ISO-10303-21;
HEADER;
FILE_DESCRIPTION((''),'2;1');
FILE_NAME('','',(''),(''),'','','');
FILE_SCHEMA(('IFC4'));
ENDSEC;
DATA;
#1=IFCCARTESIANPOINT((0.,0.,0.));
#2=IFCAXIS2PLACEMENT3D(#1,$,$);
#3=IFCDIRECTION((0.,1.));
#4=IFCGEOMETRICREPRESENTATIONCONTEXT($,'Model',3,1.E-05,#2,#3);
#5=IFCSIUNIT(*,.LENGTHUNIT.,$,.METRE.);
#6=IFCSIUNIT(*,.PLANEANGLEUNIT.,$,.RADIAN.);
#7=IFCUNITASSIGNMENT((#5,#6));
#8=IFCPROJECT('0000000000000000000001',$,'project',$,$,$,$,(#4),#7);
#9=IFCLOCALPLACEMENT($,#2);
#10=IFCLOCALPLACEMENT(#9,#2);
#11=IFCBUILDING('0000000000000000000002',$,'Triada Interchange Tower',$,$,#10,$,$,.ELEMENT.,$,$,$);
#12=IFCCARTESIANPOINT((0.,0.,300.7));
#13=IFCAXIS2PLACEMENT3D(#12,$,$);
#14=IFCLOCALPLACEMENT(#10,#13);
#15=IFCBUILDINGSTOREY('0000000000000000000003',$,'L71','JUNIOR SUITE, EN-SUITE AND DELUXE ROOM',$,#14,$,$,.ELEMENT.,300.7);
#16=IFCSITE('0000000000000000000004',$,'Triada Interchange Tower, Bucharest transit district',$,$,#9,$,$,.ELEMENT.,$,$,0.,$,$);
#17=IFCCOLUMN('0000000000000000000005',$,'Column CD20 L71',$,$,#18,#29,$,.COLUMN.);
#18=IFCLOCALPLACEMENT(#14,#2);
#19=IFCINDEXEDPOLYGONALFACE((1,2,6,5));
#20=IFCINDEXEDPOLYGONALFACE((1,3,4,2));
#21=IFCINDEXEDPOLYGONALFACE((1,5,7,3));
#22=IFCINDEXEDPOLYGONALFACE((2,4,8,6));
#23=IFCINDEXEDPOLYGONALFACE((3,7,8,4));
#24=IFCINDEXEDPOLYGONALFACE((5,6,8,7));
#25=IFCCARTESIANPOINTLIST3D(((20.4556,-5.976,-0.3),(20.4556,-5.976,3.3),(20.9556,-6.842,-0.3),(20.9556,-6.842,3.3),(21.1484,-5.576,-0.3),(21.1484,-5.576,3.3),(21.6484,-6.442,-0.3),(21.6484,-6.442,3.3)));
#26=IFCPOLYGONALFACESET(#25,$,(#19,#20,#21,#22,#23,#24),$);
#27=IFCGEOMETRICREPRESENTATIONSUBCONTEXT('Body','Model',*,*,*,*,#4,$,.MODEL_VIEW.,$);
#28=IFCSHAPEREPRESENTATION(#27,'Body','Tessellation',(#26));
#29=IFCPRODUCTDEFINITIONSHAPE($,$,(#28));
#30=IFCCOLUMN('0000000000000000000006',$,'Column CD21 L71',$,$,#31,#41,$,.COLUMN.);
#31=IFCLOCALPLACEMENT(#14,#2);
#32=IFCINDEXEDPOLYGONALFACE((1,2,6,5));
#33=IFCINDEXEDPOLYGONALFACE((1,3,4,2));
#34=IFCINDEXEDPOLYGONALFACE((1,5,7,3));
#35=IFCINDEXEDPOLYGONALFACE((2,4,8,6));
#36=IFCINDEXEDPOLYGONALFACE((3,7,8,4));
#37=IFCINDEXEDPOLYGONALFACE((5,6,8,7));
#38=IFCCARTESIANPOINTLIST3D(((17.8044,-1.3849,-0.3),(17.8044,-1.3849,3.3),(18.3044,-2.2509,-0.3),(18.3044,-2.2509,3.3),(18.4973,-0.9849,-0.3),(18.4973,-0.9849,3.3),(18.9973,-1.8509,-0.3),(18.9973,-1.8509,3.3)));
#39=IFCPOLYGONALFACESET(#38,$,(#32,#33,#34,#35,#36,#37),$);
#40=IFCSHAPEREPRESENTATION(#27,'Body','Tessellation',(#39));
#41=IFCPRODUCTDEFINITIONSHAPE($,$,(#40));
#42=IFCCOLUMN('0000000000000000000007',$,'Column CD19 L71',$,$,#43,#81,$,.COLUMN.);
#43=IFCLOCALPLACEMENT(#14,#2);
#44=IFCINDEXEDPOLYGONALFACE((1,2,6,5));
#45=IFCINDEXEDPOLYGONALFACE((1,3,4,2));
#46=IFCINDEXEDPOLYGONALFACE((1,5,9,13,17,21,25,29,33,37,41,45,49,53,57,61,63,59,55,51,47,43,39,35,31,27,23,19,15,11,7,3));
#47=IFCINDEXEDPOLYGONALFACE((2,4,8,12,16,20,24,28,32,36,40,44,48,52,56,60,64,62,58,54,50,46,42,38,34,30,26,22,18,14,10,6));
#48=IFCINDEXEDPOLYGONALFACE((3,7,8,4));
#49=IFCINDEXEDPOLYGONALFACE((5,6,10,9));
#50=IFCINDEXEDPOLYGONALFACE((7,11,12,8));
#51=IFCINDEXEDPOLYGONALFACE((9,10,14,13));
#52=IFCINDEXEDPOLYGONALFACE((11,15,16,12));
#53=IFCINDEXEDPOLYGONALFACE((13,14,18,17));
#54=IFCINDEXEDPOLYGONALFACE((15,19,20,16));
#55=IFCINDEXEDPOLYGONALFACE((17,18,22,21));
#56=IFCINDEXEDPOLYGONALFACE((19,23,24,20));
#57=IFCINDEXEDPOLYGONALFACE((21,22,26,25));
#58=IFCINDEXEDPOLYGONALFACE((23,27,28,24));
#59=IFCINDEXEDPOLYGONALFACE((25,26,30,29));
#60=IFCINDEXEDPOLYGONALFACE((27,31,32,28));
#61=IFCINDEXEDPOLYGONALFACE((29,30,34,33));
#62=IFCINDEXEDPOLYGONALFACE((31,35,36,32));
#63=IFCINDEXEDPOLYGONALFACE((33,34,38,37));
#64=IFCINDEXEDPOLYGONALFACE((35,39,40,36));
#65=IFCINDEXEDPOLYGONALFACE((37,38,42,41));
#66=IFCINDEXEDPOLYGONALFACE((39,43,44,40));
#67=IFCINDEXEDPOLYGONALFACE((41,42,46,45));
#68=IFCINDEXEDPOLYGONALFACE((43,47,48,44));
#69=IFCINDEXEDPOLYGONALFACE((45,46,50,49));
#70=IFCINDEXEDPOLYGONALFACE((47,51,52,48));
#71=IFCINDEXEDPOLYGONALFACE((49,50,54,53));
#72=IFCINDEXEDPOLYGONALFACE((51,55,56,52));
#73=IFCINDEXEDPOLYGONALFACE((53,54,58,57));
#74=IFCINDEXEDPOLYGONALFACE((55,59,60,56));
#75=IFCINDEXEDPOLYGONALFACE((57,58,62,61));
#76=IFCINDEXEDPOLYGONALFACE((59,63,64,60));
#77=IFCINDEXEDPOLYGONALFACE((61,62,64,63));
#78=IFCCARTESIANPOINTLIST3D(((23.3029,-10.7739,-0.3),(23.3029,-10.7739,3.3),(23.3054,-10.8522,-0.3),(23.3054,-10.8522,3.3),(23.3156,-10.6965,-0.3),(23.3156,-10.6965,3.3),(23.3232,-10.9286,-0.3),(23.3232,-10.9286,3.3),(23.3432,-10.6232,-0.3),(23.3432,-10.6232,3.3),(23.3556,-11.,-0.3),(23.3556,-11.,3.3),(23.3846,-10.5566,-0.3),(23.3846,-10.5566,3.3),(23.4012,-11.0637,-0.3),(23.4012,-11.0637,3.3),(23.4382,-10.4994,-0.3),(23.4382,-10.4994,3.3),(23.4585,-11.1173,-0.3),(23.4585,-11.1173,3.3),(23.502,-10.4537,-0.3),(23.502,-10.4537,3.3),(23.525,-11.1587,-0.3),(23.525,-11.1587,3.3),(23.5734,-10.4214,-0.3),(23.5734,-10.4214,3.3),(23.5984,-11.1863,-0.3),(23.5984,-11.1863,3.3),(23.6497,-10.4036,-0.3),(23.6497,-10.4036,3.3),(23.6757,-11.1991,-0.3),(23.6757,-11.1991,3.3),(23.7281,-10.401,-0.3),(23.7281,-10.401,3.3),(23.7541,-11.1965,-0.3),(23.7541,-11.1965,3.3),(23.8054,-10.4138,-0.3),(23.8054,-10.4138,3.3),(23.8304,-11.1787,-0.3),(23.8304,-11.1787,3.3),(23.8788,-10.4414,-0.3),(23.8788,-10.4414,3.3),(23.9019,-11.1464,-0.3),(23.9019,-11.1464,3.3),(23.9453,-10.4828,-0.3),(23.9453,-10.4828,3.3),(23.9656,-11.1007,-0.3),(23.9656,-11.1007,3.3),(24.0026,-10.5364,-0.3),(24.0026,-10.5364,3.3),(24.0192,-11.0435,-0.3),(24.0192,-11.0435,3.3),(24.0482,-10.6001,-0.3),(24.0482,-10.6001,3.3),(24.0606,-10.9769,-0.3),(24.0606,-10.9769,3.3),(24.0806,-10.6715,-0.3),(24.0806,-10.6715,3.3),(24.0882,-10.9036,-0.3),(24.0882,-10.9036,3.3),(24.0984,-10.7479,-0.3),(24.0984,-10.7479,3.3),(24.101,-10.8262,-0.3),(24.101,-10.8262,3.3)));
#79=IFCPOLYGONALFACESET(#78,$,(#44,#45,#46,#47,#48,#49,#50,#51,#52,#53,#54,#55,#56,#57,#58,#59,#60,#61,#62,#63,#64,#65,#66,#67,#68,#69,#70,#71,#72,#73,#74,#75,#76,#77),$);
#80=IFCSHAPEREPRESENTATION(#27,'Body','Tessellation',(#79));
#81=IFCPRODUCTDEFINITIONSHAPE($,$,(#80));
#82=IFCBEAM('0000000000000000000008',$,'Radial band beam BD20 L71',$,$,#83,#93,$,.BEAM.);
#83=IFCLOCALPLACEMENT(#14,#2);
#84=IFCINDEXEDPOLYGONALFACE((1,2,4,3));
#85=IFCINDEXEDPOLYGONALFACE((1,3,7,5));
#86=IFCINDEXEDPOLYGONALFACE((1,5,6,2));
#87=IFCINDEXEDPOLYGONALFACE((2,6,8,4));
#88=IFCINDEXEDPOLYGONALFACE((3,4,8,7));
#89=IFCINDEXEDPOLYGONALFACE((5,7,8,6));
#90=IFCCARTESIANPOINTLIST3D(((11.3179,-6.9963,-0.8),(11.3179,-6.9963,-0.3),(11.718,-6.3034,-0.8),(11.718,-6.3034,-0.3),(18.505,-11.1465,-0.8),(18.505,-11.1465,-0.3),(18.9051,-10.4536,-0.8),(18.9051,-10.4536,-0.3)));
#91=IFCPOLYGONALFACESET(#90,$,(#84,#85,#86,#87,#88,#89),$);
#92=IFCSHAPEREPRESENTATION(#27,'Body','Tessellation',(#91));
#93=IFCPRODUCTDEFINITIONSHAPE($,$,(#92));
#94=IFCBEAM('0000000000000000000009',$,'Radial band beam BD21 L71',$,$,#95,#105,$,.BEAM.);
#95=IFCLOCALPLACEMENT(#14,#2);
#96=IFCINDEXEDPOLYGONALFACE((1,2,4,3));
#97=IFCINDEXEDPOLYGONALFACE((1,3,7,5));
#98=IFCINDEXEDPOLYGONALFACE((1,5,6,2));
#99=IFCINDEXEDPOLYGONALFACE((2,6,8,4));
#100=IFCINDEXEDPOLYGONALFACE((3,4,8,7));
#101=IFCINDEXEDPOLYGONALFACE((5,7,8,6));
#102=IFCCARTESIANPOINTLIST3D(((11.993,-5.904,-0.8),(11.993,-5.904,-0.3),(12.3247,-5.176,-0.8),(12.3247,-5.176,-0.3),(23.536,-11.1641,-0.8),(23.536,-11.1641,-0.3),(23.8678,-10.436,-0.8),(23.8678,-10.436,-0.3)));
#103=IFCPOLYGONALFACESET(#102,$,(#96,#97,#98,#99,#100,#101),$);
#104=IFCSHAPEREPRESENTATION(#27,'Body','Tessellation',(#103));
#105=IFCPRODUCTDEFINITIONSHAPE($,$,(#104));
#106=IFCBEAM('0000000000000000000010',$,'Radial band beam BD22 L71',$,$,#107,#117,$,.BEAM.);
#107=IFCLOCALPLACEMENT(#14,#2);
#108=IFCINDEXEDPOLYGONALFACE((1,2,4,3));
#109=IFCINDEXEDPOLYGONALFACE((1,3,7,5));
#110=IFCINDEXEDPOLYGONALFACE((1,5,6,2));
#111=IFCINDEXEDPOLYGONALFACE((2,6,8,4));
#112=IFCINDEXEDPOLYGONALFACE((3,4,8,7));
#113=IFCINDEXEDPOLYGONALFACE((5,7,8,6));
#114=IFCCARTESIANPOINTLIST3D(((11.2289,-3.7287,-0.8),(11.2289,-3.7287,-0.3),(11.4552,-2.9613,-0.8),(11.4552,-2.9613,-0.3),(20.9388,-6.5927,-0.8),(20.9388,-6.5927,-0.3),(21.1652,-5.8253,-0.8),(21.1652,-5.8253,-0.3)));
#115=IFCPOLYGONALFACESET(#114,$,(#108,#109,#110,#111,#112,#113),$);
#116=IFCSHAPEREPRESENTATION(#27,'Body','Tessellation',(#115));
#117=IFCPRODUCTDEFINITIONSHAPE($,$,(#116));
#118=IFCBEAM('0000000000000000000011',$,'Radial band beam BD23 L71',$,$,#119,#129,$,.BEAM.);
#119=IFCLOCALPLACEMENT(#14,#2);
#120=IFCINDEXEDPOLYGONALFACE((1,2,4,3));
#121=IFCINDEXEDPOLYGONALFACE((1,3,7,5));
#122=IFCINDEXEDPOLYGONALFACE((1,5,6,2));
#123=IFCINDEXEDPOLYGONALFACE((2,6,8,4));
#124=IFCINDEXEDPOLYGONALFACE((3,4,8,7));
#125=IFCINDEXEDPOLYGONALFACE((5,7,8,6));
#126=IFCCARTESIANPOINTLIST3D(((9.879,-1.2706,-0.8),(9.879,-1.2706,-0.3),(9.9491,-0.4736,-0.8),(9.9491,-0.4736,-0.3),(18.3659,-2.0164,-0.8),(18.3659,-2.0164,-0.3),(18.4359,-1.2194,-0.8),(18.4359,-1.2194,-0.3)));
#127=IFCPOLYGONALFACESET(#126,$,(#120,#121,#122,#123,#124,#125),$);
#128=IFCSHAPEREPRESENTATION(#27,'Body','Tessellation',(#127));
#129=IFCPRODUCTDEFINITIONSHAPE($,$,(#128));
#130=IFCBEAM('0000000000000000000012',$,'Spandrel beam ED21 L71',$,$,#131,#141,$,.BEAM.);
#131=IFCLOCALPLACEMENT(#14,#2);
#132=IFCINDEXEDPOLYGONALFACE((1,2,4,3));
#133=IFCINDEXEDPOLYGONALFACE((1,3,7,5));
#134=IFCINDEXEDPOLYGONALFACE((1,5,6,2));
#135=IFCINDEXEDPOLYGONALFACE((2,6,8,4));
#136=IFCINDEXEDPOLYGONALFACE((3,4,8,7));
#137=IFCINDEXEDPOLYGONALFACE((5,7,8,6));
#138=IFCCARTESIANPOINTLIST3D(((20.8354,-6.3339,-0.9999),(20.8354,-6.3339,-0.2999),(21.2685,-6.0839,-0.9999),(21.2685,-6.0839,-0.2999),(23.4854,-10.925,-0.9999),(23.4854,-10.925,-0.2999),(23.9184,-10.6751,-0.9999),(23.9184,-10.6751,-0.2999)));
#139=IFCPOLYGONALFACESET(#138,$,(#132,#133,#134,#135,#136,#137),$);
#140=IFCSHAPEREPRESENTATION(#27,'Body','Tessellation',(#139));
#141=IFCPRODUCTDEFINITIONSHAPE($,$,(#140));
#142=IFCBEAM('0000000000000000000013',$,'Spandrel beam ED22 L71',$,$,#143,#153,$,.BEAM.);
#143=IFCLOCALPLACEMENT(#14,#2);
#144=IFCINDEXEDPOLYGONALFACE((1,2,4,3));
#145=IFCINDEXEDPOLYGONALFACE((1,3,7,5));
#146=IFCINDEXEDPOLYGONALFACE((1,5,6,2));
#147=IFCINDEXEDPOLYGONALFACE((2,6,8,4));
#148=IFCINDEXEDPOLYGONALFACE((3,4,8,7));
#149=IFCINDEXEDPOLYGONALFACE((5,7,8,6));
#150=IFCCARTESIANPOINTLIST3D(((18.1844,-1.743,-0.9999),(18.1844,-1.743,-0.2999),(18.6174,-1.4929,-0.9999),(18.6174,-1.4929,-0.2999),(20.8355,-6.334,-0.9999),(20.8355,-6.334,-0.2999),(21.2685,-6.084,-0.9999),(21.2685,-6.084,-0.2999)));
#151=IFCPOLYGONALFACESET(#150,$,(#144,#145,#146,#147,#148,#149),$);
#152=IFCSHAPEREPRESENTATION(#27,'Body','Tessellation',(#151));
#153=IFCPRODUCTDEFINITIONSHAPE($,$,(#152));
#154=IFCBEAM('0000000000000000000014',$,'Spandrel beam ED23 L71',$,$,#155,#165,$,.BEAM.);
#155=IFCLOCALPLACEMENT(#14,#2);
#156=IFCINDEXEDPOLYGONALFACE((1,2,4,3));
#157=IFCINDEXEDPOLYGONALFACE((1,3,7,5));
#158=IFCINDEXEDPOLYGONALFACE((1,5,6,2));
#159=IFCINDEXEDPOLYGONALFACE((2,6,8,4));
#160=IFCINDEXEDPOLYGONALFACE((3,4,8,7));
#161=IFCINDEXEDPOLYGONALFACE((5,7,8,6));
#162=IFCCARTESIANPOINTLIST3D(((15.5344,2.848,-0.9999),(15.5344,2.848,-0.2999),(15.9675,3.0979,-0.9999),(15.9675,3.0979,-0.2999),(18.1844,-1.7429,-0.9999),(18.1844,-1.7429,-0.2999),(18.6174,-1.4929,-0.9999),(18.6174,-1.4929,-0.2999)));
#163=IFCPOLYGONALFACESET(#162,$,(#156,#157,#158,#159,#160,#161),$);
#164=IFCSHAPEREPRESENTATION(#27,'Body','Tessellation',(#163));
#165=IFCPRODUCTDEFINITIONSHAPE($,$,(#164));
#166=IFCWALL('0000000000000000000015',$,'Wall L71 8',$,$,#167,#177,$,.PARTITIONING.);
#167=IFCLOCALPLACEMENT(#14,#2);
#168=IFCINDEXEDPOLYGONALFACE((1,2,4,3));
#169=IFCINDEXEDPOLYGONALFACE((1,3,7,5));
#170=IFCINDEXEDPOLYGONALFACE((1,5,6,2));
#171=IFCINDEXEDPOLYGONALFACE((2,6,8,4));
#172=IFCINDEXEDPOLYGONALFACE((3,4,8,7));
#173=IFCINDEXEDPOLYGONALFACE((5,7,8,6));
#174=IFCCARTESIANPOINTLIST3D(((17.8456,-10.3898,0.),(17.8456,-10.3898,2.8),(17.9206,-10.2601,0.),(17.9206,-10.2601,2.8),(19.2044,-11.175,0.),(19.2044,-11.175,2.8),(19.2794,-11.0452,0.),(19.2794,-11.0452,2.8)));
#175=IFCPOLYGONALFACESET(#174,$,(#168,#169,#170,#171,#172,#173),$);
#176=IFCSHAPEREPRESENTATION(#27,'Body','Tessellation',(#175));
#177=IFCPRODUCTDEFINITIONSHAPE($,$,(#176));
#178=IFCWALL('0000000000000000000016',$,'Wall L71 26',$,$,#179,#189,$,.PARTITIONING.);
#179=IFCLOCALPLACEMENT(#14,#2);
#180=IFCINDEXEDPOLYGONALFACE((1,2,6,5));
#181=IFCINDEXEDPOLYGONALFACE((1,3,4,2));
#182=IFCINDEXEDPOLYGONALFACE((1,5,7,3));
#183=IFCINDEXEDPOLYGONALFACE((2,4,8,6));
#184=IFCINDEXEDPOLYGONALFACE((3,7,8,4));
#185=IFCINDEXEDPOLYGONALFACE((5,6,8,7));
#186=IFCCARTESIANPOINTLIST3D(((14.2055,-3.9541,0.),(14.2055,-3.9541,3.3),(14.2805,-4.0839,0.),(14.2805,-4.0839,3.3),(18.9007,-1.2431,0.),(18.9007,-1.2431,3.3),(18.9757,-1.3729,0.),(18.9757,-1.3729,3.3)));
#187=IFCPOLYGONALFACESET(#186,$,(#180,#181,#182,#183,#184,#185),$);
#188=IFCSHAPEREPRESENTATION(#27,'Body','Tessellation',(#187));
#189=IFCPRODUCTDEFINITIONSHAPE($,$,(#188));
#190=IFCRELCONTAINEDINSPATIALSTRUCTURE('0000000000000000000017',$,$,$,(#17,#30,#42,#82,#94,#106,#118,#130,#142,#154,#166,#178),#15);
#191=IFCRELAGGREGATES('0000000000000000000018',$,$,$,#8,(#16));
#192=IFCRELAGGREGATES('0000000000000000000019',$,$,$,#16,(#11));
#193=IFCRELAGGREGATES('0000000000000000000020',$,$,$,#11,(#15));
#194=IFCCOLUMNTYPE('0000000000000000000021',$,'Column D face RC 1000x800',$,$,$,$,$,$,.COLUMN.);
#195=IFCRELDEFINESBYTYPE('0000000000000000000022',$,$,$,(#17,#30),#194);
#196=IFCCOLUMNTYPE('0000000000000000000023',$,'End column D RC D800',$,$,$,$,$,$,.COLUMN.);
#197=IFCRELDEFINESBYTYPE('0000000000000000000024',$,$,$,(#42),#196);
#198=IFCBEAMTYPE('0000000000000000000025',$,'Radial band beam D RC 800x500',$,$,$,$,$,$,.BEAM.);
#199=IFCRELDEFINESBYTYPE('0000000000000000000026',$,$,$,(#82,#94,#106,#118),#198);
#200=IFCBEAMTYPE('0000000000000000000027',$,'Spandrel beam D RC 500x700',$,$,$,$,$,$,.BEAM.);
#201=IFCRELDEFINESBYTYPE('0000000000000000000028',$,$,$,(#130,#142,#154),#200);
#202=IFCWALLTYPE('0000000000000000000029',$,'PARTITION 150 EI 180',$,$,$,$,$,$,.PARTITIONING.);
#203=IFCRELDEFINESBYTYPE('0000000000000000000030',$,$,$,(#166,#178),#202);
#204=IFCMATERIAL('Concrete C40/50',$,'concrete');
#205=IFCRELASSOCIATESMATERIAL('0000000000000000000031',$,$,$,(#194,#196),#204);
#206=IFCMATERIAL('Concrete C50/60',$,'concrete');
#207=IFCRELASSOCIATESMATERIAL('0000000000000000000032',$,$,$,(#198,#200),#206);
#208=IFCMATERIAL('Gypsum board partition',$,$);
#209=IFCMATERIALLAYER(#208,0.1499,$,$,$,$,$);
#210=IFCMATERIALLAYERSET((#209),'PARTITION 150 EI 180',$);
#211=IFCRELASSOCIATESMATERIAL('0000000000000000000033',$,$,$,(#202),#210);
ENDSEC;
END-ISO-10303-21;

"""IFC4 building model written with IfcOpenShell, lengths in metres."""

from ifc_helpers import new_model, si_unit, direction, frame, frame_2d, origin, origin_2d, place, context, subcontext, project, spatial, rectangle, circle, extrude, material, layer, layer_set, material_profile, profile_set, type_object, element, save


model = new_model("IFC4")

# Units and contexts
model_context = context("Model", 3, precision=1e-05, world=origin(), true_north=direction((0.0, 1.0)))
body_context = subcontext(model_context, "Body", "Model", "MODEL_VIEW")
ifc_project = project(units=[si_unit("LENGTHUNIT", "METRE"), si_unit("PLANEANGLEUNIT", "RADIAN")], contexts=[model_context])

# Site, building, storey
site_placement = place(None, origin())
site = spatial("IfcSite", under=ifc_project, at=site_placement, Name="Triada Interchange Tower, Bucharest transit district", CompositionType="ELEMENT", RefElevation=0.0)
building_placement = place(site_placement, origin())
building = spatial("IfcBuilding", under=site, at=building_placement, Name="Triada Interchange Tower", CompositionType="ELEMENT")
storey_placement = place(building_placement, frame((0.0, 0.0, 300.7)))
storey = spatial("IfcBuildingStorey", under=building, at=storey_placement, Name="L71", Description="JUNIOR SUITE, EN-SUITE AND DELUXE ROOM", CompositionType="ELEMENT", Elevation=300.7)

# Columns
ifc_material_1 = material(Name="Concrete C40/50", Category="concrete")
ifc_material_profile_1 = material_profile(ifc_material_1, rectangle(XDim=1.0, YDim=0.8, at=origin_2d()), Name="RC 1000x800")
ifc_profile_set_1 = profile_set([ifc_material_profile_1], Name="Concrete C40/50")
column_type_1 = type_object("IfcColumnType", Name="Column D face RC 1000x800", PredefinedType="COLUMN", material=ifc_profile_set_1)
for number, where, z_axis, x_axis, name in (
    (1, (21.052, -6.209, -0.3), (0.0, 0.0, 1.0), (-0.5, 0.866025, 0.0), "Column CD20 L71"),
    (2, (18.4009, -1.6179, -0.3), (0.0, 0.0, 1.0), (-0.5, 0.866025, 0.0), "Column CD21 L71"),
):
    element("IfcColumn", number, at=place(storey_placement, frame(where, z_axis=z_axis, x_axis=x_axis)), inside=storey, type_object=column_type_1, Name=name, PredefinedType="COLUMN", context=body_context, shape_type="SweptSolid", body=[
        extrude(rectangle(XDim=1.0, YDim=0.8, at=origin_2d()), origin(), (0.0, 0.0, 1.0), 3.6001),
    ])
ifc_material_profile_2 = material_profile(ifc_material_1, circle(Radius=0.3999, at=origin_2d()), Name="RC D800")
ifc_profile_set_2 = profile_set([ifc_material_profile_2], Name="Concrete C40/50")
column_type_2 = type_object("IfcColumnType", Name="End column D RC D800", PredefinedType="COLUMN", material=ifc_profile_set_2)
column_placement = place(storey_placement, frame((23.7019, -10.8, -0.3), z_axis=(0.0, 0.0, 1.0), x_axis=(-0.5, 0.866025, 0.0)))
element("IfcColumn", 3, at=column_placement, inside=storey, type_object=column_type_2, Name="Column CD19 L71", PredefinedType="COLUMN", context=body_context, shape_type="SweptSolid", body=[
    extrude(circle(Radius=0.3999, at=origin_2d()), origin(), (0.0, 0.0, 1.0), 3.6001),
])

# Beams
ifc_material_2 = material(Name="Concrete C50/60", Category="concrete")
ifc_material_profile_3 = material_profile(ifc_material_2, rectangle(XDim=0.8, YDim=0.5, at=origin_2d()), Name="RC 800x500")
ifc_profile_set_3 = profile_set([ifc_material_profile_3], Name="Concrete C50/60")
beam_type_1 = type_object("IfcBeamType", Name="Radial band beam D RC 800x500", PredefinedType="BEAM", material=ifc_profile_set_3)
beam_1_placement = place(storey_placement, frame((18.7051, -10.8, -0.55), z_axis=(-0.865988, 0.500065, 0.0), x_axis=(-0.500065, -0.865988, 0.0)))
element("IfcBeam", 4, at=beam_1_placement, inside=storey, type_object=beam_type_1, Name="Radial band beam BD20 L71", PredefinedType="BEAM", context=body_context, shape_type="SweptSolid", body=[
    extrude(rectangle(XDim=0.8, YDim=0.5, at=origin_2d()), origin(), (0.0, 0.0, 1.0), 8.2993),
])
beam_2_placement = place(storey_placement, frame((23.7019, -10.8, -0.55), z_axis=(-0.909974, 0.414666, 0.0), x_axis=(-0.414666, -0.909974, 0.0)))
element("IfcBeam", 5, at=beam_2_placement, inside=storey, type_object=beam_type_1, Name="Radial band beam BD21 L71", PredefinedType="BEAM", context=body_context, shape_type="SweptSolid", body=[
    extrude(rectangle(XDim=0.8, YDim=0.5, at=origin_2d()), origin(), (0.0, 0.0, 1.0), 12.6851),
])
beam_3_placement = place(storey_placement, frame((21.052, -6.209, -0.55), z_axis=(-0.959147, 0.282907, 0.0), x_axis=(-0.282907, -0.959147, 0.0)))
element("IfcBeam", 6, at=beam_3_placement, inside=storey, type_object=beam_type_1, Name="Radial band beam BD22 L71", PredefinedType="BEAM", context=body_context, shape_type="SweptSolid", body=[
    extrude(rectangle(XDim=0.8, YDim=0.5, at=origin_2d()), origin(), (0.0, 0.0, 1.0), 10.1235),
])
beam_4_placement = place(storey_placement, frame((18.4009, -1.6179, -0.55), z_axis=(-0.99616, 0.087546, 0.0), x_axis=(-0.087546, -0.99616, 0.0)))
element("IfcBeam", 7, at=beam_4_placement, inside=storey, type_object=beam_type_1, Name="Radial band beam BD23 L71", PredefinedType="BEAM", context=body_context, shape_type="SweptSolid", body=[
    extrude(rectangle(XDim=0.8, YDim=0.5, at=origin_2d()), origin(), (0.0, 0.0, 1.0), 8.5195),
])
ifc_material_profile_4 = material_profile(ifc_material_2, rectangle(XDim=0.5, YDim=0.7, at=origin_2d()), Name="RC 500x700")
ifc_profile_set_4 = profile_set([ifc_material_profile_4], Name="Concrete C50/60")
beam_type_2 = type_object("IfcBeamType", Name="Spandrel beam D RC 500x700", PredefinedType="BEAM", material=ifc_profile_set_4)
beam_5_placement = place(storey_placement, frame((23.7019, -10.8, -0.6499), z_axis=(-0.499894, 0.866087, 0.0), x_axis=(-0.866087, -0.499894, 0.0)))
element("IfcBeam", 8, at=beam_5_placement, inside=storey, type_object=beam_type_2, Name="Spandrel beam ED21 L71", PredefinedType="BEAM", context=body_context, shape_type="SweptSolid", body=[
    extrude(rectangle(XDim=0.5, YDim=0.7, at=origin_2d()), origin(), (0.0, 0.0, 1.0), 5.301),
])
beam_6_placement = place(storey_placement, frame((21.052, -6.209, -0.6499), z_axis=(-0.500067, 0.865987, 0.0), x_axis=(-0.865987, -0.500067, 0.0)))
element("IfcBeam", 9, at=beam_6_placement, inside=storey, type_object=beam_type_2, Name="Spandrel beam ED22 L71", PredefinedType="BEAM", context=body_context, shape_type="SweptSolid", body=[
    extrude(rectangle(XDim=0.5, YDim=0.7, at=origin_2d()), origin(), (0.0, 0.0, 1.0), 5.3015),
])
beam_7_placement = place(storey_placement, frame((18.4009, -1.6179, -0.6499), z_axis=(-0.499914, 0.866075, 0.0), x_axis=(-0.866075, -0.499914, 0.0)))
element("IfcBeam", 10, at=beam_7_placement, inside=storey, type_object=beam_type_2, Name="Spandrel beam ED23 L71", PredefinedType="BEAM", context=body_context, shape_type="SweptSolid", body=[
    extrude(rectangle(XDim=0.5, YDim=0.7, at=origin_2d()), origin(), (0.0, 0.0, 1.0), 5.3008),
])

# Walls
ifc_material_3 = material(Name="Gypsum board partition")
ifc_layer_1 = layer(ifc_material_3, 0.1499)
ifc_layer_set_1 = layer_set([ifc_layer_1], Name="PARTITION 150 EI 180")
wall_type_1 = type_object("IfcWallType", Name="PARTITION 150 EI 180", PredefinedType="PARTITIONING", material=ifc_layer_set_1)
wall_1_placement = place(storey_placement, frame((17.8831, -10.325, 0.0), z_axis=(0.0, 0.0, 1.0), x_axis=(0.865859, -0.500288, 0.0)))
element("IfcWall", 11, at=wall_1_placement, inside=storey, type_object=wall_type_1, Name="Wall L71 8", PredefinedType="PARTITIONING", context=body_context, shape_type="SweptSolid", body=[
    extrude(rectangle(XDim=1.5693, YDim=0.1499, at=frame_2d((0.7847, 0.0))), origin(), (0.0, 0.0, 1.0), 2.8),
])
wall_2_placement = place(storey_placement, frame((14.2429, -4.019, 0.0), z_axis=(0.0, 0.0, 1.0), x_axis=(0.866006, 0.500033, 0.0)))
element("IfcWall", 12, at=wall_2_placement, inside=storey, type_object=wall_type_1, Name="Wall L71 26", PredefinedType="PARTITIONING", context=body_context, shape_type="SweptSolid", body=[
    extrude(rectangle(XDim=5.4216, YDim=0.1499, at=frame_2d((2.7109, 0.0))), origin(), (0.0, 0.0, 1.0), 3.3),
])

save(model, "model.ifc")
